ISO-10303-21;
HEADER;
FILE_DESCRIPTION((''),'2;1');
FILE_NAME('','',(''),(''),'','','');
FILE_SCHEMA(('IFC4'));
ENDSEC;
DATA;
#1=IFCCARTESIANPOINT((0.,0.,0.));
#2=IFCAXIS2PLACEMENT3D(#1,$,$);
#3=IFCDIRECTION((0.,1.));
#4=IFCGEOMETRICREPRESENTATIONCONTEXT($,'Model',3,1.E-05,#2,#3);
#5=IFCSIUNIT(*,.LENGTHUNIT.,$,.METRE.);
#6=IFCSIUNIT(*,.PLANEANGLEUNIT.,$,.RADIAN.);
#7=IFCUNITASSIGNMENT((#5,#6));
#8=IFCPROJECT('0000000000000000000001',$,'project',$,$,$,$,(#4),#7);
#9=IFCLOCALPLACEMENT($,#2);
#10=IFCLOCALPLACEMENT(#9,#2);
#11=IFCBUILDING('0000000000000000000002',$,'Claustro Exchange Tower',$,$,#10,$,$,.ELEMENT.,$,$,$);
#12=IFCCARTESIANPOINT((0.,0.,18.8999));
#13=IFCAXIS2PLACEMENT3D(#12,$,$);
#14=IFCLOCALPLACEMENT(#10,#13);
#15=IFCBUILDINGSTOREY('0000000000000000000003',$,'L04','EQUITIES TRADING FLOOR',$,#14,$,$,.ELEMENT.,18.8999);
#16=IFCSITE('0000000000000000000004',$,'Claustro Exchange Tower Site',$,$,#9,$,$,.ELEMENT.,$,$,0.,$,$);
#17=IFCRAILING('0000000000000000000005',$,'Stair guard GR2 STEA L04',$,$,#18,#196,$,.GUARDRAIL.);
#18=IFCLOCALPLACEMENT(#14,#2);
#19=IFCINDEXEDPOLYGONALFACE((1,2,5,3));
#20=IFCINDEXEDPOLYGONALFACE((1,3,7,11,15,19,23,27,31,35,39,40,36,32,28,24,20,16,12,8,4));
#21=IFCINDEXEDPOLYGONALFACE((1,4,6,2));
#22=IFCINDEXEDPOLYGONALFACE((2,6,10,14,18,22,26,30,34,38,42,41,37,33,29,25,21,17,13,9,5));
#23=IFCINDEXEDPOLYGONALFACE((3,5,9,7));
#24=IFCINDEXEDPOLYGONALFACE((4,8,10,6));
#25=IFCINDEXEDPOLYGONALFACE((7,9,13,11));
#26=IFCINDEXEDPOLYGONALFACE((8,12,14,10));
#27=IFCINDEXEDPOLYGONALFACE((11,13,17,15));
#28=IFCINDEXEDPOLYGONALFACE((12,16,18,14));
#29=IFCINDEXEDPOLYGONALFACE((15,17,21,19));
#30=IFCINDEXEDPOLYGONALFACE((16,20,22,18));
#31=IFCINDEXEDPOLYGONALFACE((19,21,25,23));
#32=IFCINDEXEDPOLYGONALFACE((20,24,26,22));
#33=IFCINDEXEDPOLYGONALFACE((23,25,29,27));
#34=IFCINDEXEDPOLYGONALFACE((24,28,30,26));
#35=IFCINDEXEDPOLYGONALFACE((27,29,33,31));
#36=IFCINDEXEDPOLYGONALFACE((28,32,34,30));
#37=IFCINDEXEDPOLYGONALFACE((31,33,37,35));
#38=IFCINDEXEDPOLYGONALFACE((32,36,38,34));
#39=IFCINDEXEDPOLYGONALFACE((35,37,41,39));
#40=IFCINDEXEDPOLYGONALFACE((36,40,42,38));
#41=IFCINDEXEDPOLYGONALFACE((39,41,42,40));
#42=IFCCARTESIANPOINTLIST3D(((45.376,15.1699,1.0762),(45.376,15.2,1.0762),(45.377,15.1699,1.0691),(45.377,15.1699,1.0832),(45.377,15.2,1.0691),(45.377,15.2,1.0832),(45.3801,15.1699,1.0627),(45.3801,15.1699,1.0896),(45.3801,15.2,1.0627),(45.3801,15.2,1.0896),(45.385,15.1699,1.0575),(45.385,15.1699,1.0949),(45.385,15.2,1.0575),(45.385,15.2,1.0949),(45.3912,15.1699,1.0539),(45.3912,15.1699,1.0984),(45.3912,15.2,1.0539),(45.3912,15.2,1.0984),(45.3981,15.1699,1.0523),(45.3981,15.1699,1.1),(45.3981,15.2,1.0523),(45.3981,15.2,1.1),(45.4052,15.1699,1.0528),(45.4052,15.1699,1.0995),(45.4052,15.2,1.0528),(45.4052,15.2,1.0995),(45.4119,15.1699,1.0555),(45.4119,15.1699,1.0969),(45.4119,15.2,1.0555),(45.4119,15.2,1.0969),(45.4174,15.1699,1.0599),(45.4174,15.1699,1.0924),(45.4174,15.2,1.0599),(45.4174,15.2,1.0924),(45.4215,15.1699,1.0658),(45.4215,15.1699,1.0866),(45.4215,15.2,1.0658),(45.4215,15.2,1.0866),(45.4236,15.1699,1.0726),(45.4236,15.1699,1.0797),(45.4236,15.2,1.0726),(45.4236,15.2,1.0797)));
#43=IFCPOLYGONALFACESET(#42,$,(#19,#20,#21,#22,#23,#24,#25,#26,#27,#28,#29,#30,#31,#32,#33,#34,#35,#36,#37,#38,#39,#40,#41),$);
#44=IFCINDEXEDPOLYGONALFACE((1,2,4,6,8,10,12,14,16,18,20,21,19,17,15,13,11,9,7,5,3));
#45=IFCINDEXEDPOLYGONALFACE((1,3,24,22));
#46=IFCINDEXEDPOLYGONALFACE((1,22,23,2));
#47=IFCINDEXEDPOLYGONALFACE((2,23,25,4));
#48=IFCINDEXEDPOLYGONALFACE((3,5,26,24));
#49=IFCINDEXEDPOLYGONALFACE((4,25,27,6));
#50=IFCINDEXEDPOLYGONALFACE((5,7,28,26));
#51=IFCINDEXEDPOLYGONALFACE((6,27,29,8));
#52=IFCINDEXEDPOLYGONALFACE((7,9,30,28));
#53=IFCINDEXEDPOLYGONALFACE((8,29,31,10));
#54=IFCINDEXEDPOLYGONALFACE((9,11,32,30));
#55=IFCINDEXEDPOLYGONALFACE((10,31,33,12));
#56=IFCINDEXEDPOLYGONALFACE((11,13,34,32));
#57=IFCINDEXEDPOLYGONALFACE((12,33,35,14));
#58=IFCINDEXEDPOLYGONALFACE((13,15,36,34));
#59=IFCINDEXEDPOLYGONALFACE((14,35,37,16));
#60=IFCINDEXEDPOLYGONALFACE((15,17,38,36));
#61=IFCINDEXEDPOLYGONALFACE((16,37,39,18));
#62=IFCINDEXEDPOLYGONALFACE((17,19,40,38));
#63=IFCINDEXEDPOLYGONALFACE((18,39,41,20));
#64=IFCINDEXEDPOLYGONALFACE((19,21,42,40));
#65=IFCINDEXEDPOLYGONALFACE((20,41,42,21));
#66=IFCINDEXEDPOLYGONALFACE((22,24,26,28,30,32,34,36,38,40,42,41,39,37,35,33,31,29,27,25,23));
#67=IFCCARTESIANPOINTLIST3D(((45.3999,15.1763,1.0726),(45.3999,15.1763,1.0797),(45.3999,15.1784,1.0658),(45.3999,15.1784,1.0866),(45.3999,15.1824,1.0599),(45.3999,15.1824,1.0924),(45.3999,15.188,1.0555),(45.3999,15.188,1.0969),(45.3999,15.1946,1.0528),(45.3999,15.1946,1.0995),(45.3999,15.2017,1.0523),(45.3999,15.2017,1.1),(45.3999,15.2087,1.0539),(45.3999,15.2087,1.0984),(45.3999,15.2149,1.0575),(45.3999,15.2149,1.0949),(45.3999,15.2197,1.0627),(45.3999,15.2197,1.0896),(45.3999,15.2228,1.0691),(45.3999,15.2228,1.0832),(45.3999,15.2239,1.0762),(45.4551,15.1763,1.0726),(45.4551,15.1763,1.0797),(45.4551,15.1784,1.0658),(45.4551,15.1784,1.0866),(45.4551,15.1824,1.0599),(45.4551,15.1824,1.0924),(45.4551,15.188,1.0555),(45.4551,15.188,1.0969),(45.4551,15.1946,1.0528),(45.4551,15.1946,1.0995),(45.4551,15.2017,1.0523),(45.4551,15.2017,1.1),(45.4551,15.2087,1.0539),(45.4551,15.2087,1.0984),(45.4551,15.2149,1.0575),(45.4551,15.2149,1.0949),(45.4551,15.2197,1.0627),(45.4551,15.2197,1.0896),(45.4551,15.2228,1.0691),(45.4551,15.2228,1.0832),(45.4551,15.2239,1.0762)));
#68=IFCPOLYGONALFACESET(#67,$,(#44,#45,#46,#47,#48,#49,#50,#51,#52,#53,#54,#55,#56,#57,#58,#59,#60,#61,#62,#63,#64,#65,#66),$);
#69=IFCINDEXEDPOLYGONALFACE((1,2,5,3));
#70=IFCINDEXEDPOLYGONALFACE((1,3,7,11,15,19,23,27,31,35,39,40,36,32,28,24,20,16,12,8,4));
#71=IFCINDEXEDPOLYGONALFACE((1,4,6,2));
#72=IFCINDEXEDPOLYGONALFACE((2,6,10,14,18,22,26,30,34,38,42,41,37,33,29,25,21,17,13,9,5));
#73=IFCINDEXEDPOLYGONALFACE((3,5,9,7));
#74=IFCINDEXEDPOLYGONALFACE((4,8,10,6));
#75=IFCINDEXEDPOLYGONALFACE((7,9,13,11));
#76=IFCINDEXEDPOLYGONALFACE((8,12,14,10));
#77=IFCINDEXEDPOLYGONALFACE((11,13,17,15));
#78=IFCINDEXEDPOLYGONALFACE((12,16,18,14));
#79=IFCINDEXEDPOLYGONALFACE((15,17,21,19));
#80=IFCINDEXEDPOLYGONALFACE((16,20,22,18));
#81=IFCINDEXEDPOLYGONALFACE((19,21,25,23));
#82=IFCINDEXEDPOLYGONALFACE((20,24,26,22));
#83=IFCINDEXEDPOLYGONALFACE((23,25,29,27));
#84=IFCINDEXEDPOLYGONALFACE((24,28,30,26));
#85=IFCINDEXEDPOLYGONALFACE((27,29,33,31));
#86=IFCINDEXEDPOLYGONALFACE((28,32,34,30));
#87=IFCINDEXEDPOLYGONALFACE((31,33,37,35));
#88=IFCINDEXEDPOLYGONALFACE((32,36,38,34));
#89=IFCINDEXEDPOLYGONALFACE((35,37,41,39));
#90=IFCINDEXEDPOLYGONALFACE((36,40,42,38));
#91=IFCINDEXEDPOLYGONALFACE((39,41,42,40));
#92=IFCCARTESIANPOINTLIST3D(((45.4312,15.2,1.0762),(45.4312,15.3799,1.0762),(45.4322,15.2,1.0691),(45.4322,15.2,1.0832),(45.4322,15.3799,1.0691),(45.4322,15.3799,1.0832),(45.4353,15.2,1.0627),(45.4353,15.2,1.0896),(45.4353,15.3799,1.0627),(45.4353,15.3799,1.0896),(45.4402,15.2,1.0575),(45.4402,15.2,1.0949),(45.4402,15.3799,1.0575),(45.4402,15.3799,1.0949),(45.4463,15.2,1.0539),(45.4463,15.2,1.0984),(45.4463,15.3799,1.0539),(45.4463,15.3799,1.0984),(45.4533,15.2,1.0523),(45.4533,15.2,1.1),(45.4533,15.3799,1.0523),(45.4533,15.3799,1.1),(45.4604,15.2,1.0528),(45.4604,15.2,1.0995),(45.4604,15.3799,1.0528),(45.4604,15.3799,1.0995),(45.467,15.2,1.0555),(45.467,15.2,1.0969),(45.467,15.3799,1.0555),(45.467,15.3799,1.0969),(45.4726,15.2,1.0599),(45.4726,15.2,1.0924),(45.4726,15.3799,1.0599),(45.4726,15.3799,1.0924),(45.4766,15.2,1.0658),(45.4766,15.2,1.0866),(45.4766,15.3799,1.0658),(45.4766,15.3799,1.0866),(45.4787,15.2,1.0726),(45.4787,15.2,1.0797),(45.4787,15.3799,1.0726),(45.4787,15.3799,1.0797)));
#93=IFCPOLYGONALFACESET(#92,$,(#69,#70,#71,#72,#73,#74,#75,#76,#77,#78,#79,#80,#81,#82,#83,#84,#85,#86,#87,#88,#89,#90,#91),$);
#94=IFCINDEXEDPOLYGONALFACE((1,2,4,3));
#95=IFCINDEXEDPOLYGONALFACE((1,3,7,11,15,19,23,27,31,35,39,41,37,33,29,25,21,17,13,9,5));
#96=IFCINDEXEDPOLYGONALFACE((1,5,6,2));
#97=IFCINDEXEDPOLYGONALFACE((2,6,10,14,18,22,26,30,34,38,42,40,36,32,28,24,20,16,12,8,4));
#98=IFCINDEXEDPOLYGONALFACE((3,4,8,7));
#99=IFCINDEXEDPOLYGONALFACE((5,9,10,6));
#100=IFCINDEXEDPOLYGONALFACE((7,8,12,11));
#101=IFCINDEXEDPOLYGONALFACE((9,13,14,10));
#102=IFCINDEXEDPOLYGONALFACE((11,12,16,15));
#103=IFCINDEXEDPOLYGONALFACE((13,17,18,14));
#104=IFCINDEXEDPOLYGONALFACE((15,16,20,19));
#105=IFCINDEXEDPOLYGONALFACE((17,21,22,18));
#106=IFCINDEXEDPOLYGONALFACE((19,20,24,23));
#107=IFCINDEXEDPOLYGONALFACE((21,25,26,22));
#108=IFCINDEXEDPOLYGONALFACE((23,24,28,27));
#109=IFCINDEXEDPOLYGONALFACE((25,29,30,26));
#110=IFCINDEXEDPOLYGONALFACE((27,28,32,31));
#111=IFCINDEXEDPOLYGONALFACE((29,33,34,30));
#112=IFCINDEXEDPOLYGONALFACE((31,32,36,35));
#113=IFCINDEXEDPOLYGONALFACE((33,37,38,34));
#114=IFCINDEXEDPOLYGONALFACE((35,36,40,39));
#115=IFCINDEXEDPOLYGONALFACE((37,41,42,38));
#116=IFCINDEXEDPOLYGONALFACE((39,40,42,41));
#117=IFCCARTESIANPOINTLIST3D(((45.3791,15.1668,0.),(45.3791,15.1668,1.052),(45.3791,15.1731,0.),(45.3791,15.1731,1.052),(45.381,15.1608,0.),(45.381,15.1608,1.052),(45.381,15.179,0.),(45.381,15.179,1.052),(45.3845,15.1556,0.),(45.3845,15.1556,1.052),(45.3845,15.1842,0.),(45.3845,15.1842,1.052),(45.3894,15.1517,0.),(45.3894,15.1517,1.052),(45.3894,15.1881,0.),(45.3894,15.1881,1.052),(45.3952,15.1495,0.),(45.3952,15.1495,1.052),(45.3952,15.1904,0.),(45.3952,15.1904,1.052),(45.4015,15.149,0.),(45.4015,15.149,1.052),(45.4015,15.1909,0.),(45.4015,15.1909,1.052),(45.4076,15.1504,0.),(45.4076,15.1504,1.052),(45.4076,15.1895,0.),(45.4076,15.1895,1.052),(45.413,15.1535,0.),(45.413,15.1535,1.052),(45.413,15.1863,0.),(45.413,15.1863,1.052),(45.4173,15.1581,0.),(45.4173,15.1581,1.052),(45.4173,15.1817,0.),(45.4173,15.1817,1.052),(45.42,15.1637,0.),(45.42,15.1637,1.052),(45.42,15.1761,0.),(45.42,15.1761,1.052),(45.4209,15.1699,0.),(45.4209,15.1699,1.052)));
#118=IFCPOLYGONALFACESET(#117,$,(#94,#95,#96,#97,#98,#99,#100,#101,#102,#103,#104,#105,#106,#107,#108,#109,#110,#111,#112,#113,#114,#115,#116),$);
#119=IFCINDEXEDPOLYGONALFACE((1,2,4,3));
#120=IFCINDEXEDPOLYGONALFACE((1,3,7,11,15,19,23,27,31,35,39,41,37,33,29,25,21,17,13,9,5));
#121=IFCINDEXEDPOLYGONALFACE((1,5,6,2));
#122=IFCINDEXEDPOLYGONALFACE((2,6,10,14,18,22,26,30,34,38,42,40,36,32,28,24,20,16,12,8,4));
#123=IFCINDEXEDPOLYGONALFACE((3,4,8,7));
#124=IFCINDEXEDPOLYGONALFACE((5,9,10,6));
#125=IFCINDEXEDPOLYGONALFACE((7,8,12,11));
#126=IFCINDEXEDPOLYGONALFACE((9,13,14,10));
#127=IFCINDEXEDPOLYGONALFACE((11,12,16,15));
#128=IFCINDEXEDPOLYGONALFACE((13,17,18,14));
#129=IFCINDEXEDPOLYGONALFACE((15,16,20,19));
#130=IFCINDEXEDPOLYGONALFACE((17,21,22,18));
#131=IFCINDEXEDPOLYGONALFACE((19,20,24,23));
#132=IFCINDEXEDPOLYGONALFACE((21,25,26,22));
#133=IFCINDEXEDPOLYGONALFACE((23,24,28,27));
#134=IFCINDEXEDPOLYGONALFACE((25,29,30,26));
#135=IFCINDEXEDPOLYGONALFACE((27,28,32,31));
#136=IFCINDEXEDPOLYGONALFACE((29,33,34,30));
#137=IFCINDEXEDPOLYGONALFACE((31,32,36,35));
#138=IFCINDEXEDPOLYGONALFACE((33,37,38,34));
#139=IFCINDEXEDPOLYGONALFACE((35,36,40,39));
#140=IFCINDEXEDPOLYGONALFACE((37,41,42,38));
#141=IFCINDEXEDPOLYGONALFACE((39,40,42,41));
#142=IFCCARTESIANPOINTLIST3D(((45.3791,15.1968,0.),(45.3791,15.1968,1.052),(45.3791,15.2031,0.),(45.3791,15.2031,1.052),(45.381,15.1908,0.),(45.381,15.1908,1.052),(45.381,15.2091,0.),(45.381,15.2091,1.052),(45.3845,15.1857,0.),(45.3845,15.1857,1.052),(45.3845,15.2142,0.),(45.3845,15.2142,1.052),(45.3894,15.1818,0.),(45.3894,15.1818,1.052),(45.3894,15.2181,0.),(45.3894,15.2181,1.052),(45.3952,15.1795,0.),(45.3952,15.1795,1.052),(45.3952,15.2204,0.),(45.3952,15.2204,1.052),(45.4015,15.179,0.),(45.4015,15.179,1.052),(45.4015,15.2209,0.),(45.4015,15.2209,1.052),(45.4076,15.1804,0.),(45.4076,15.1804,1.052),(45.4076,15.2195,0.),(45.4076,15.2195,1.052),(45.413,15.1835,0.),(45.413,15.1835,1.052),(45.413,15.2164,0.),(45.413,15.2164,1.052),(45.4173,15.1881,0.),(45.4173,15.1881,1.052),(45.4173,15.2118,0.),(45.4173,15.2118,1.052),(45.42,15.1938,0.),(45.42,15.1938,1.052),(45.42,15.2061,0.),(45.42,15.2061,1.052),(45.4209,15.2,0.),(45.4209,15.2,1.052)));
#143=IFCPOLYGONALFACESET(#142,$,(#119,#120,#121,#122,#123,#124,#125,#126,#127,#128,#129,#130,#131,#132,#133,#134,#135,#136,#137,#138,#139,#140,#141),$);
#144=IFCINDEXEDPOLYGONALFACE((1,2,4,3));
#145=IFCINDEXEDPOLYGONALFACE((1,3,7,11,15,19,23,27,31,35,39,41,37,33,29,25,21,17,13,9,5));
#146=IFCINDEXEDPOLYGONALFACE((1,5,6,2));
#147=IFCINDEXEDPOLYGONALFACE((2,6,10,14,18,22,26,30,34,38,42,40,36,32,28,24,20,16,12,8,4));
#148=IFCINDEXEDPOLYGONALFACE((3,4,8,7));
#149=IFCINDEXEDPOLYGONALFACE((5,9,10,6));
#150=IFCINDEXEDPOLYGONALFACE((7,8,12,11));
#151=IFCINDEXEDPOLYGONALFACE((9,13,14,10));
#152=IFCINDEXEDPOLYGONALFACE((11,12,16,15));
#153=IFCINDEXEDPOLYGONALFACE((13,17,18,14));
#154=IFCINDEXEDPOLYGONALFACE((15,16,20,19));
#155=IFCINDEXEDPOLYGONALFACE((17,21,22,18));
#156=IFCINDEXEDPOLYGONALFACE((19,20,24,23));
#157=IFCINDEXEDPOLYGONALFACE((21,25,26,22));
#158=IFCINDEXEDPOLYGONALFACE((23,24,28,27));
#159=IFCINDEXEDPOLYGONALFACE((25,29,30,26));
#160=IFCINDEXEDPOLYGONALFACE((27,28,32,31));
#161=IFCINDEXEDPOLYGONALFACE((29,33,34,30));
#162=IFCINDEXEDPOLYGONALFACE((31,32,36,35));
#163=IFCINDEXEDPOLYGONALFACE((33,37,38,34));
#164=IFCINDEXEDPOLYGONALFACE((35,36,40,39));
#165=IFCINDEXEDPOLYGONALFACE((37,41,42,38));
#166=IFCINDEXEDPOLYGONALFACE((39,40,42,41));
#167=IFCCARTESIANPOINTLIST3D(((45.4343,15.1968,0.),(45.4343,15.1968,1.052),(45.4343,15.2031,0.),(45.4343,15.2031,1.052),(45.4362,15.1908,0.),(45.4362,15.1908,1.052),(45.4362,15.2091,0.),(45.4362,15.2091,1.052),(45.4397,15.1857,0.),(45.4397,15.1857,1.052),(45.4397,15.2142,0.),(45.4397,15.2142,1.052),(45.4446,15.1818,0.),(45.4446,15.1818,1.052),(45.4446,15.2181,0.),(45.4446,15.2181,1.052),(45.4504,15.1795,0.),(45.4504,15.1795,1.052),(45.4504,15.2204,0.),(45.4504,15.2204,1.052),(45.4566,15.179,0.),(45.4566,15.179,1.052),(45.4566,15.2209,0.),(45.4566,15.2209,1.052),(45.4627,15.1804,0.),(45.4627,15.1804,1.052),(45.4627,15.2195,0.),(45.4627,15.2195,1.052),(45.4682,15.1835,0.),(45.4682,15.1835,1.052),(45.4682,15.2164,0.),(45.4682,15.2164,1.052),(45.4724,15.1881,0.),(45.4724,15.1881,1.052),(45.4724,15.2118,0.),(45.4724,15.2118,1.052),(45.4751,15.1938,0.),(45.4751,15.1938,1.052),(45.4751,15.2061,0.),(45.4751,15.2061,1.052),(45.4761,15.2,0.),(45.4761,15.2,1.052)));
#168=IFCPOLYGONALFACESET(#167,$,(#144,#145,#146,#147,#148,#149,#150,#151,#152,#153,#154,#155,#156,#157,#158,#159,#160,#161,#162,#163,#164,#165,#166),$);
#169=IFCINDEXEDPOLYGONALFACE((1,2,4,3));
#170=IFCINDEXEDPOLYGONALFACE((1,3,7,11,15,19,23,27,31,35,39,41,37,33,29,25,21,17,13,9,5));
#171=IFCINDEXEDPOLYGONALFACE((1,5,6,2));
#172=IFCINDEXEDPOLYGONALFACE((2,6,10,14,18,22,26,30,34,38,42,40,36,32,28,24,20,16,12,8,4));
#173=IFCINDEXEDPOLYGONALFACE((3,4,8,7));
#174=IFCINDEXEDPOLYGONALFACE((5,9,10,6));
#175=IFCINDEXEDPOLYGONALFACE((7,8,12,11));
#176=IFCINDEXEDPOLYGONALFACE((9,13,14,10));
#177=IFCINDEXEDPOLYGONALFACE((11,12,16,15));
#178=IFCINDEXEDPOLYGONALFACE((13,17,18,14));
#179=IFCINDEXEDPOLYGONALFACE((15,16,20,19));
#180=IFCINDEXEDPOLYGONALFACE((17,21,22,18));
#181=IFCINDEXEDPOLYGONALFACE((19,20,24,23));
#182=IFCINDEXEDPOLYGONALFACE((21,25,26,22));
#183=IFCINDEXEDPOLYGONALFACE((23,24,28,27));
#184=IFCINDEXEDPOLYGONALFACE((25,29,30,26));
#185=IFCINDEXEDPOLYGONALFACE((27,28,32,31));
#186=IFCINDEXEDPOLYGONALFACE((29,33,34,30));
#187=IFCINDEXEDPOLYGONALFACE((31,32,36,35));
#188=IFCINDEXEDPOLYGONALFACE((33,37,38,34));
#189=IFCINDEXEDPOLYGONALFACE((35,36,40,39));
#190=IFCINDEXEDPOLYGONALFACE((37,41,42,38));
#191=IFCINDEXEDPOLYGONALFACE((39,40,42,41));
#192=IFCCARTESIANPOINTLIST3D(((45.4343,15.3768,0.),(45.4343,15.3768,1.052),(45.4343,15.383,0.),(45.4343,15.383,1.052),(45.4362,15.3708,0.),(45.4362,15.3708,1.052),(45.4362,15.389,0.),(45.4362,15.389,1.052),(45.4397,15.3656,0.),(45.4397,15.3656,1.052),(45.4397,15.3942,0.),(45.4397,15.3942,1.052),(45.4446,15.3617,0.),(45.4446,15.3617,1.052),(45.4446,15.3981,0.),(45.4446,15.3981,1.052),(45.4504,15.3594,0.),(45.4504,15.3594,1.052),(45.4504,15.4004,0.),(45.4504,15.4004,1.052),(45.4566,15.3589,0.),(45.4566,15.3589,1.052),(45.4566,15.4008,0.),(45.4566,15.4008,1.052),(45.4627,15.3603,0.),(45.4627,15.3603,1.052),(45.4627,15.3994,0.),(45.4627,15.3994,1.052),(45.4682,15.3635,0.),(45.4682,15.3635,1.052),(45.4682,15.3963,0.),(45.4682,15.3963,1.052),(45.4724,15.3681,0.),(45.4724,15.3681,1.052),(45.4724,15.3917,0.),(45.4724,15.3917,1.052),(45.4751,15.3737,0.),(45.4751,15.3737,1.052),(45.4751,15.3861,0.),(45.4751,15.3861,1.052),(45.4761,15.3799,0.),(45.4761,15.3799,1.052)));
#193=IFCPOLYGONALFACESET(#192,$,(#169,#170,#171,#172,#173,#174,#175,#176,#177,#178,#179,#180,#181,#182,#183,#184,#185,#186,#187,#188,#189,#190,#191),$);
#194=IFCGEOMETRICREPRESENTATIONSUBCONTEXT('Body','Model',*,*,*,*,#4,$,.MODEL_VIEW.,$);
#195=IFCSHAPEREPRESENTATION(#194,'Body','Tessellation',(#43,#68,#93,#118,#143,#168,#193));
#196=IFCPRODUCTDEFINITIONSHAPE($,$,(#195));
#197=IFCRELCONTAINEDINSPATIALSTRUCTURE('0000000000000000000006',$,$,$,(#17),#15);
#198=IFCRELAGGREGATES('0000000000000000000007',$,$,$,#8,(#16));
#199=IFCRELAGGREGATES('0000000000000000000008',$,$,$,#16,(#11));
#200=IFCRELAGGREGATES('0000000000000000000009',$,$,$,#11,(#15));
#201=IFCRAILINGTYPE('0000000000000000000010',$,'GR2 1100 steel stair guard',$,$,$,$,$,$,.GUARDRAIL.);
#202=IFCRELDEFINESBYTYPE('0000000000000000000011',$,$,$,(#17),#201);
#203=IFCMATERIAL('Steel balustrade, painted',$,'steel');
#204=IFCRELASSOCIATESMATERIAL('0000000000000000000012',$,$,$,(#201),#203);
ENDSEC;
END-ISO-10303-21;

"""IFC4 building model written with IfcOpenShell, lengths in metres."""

from ifc_helpers import new_model, si_unit, direction, frame, origin, origin_2d, place, context, subcontext, project, spatial, circle, extrude, material, type_object, element, save


model = new_model("IFC4")

# Units and contexts
model_context = context("Model", 3, precision=1e-05, world=origin(), true_north=direction((0.0, 1.0)))
body_context = subcontext(model_context, "Body", "Model", "MODEL_VIEW")
ifc_project = project(units=[si_unit("LENGTHUNIT", "METRE"), si_unit("PLANEANGLEUNIT", "RADIAN")], contexts=[model_context])

# Site, building, storey
site_placement = place(None, origin())
site = spatial("IfcSite", under=ifc_project, at=site_placement, Name="Claustro Exchange Tower Site", CompositionType="ELEMENT", RefElevation=0.0)
building_placement = place(site_placement, origin())
building = spatial("IfcBuilding", under=site, at=building_placement, Name="Claustro Exchange Tower", CompositionType="ELEMENT")
storey_placement = place(building_placement, frame((0.0, 0.0, 18.8999)))
storey = spatial("IfcBuildingStorey", under=building, at=storey_placement, Name="L04", Description="EQUITIES TRADING FLOOR", CompositionType="ELEMENT", Elevation=18.8999)

# Railing
ifc_material_1 = material(Name="Steel balustrade, painted", Category="steel")
railing_type_1 = type_object("IfcRailingType", Name="GR2 1100 steel stair guard", PredefinedType="GUARDRAIL", material=ifc_material_1)
railing_1_placement = place(storey_placement, frame((45.3999, 15.1699, 0.0)))
element("IfcRailing", 1, at=railing_1_placement, inside=storey, type_object=railing_type_1, Name="Stair guard GR2 STEA L04", PredefinedType="GUARDRAIL", context=body_context, shape_type="SweptSolid", body=[
    extrude(circle(Radius=0.0239, at=origin_2d()), frame((0.0, 0.0, 1.0762), z_axis=(0.0, 1.0, 0.0), x_axis=(-1.0, 0.0, 0.0)), (0.0, 0.0, 1.0), 0.03),
    extrude(circle(Radius=0.0239, at=origin_2d()), frame((0.0, 0.03, 1.0762), z_axis=(1.0, 0.0, 0.0), x_axis=(0.0, 1.0, 0.0)), (0.0, 0.0, 1.0), 0.0552),
    extrude(circle(Radius=0.0239, at=origin_2d()), frame((0.0552, 0.03, 1.0762), z_axis=(0.0, 1.0, 0.0), x_axis=(-1.0, 0.0, 0.0)), (0.0, 0.0, 1.0), 0.1799),
    extrude(circle(Radius=0.021, at=origin_2d()), origin(), (0.0, 0.0, 1.0), 1.052),
    extrude(circle(Radius=0.021, at=origin_2d()), frame((0.0, 0.03, 0.0)), (0.0, 0.0, 1.0), 1.052),
    extrude(circle(Radius=0.021, at=origin_2d()), frame((0.0552, 0.03, 0.0)), (0.0, 0.0, 1.0), 1.052),
    extrude(circle(Radius=0.021, at=origin_2d()), frame((0.0552, 0.21, 0.0)), (0.0, 0.0, 1.0), 1.052),
])

save(model, "model.ifc")
